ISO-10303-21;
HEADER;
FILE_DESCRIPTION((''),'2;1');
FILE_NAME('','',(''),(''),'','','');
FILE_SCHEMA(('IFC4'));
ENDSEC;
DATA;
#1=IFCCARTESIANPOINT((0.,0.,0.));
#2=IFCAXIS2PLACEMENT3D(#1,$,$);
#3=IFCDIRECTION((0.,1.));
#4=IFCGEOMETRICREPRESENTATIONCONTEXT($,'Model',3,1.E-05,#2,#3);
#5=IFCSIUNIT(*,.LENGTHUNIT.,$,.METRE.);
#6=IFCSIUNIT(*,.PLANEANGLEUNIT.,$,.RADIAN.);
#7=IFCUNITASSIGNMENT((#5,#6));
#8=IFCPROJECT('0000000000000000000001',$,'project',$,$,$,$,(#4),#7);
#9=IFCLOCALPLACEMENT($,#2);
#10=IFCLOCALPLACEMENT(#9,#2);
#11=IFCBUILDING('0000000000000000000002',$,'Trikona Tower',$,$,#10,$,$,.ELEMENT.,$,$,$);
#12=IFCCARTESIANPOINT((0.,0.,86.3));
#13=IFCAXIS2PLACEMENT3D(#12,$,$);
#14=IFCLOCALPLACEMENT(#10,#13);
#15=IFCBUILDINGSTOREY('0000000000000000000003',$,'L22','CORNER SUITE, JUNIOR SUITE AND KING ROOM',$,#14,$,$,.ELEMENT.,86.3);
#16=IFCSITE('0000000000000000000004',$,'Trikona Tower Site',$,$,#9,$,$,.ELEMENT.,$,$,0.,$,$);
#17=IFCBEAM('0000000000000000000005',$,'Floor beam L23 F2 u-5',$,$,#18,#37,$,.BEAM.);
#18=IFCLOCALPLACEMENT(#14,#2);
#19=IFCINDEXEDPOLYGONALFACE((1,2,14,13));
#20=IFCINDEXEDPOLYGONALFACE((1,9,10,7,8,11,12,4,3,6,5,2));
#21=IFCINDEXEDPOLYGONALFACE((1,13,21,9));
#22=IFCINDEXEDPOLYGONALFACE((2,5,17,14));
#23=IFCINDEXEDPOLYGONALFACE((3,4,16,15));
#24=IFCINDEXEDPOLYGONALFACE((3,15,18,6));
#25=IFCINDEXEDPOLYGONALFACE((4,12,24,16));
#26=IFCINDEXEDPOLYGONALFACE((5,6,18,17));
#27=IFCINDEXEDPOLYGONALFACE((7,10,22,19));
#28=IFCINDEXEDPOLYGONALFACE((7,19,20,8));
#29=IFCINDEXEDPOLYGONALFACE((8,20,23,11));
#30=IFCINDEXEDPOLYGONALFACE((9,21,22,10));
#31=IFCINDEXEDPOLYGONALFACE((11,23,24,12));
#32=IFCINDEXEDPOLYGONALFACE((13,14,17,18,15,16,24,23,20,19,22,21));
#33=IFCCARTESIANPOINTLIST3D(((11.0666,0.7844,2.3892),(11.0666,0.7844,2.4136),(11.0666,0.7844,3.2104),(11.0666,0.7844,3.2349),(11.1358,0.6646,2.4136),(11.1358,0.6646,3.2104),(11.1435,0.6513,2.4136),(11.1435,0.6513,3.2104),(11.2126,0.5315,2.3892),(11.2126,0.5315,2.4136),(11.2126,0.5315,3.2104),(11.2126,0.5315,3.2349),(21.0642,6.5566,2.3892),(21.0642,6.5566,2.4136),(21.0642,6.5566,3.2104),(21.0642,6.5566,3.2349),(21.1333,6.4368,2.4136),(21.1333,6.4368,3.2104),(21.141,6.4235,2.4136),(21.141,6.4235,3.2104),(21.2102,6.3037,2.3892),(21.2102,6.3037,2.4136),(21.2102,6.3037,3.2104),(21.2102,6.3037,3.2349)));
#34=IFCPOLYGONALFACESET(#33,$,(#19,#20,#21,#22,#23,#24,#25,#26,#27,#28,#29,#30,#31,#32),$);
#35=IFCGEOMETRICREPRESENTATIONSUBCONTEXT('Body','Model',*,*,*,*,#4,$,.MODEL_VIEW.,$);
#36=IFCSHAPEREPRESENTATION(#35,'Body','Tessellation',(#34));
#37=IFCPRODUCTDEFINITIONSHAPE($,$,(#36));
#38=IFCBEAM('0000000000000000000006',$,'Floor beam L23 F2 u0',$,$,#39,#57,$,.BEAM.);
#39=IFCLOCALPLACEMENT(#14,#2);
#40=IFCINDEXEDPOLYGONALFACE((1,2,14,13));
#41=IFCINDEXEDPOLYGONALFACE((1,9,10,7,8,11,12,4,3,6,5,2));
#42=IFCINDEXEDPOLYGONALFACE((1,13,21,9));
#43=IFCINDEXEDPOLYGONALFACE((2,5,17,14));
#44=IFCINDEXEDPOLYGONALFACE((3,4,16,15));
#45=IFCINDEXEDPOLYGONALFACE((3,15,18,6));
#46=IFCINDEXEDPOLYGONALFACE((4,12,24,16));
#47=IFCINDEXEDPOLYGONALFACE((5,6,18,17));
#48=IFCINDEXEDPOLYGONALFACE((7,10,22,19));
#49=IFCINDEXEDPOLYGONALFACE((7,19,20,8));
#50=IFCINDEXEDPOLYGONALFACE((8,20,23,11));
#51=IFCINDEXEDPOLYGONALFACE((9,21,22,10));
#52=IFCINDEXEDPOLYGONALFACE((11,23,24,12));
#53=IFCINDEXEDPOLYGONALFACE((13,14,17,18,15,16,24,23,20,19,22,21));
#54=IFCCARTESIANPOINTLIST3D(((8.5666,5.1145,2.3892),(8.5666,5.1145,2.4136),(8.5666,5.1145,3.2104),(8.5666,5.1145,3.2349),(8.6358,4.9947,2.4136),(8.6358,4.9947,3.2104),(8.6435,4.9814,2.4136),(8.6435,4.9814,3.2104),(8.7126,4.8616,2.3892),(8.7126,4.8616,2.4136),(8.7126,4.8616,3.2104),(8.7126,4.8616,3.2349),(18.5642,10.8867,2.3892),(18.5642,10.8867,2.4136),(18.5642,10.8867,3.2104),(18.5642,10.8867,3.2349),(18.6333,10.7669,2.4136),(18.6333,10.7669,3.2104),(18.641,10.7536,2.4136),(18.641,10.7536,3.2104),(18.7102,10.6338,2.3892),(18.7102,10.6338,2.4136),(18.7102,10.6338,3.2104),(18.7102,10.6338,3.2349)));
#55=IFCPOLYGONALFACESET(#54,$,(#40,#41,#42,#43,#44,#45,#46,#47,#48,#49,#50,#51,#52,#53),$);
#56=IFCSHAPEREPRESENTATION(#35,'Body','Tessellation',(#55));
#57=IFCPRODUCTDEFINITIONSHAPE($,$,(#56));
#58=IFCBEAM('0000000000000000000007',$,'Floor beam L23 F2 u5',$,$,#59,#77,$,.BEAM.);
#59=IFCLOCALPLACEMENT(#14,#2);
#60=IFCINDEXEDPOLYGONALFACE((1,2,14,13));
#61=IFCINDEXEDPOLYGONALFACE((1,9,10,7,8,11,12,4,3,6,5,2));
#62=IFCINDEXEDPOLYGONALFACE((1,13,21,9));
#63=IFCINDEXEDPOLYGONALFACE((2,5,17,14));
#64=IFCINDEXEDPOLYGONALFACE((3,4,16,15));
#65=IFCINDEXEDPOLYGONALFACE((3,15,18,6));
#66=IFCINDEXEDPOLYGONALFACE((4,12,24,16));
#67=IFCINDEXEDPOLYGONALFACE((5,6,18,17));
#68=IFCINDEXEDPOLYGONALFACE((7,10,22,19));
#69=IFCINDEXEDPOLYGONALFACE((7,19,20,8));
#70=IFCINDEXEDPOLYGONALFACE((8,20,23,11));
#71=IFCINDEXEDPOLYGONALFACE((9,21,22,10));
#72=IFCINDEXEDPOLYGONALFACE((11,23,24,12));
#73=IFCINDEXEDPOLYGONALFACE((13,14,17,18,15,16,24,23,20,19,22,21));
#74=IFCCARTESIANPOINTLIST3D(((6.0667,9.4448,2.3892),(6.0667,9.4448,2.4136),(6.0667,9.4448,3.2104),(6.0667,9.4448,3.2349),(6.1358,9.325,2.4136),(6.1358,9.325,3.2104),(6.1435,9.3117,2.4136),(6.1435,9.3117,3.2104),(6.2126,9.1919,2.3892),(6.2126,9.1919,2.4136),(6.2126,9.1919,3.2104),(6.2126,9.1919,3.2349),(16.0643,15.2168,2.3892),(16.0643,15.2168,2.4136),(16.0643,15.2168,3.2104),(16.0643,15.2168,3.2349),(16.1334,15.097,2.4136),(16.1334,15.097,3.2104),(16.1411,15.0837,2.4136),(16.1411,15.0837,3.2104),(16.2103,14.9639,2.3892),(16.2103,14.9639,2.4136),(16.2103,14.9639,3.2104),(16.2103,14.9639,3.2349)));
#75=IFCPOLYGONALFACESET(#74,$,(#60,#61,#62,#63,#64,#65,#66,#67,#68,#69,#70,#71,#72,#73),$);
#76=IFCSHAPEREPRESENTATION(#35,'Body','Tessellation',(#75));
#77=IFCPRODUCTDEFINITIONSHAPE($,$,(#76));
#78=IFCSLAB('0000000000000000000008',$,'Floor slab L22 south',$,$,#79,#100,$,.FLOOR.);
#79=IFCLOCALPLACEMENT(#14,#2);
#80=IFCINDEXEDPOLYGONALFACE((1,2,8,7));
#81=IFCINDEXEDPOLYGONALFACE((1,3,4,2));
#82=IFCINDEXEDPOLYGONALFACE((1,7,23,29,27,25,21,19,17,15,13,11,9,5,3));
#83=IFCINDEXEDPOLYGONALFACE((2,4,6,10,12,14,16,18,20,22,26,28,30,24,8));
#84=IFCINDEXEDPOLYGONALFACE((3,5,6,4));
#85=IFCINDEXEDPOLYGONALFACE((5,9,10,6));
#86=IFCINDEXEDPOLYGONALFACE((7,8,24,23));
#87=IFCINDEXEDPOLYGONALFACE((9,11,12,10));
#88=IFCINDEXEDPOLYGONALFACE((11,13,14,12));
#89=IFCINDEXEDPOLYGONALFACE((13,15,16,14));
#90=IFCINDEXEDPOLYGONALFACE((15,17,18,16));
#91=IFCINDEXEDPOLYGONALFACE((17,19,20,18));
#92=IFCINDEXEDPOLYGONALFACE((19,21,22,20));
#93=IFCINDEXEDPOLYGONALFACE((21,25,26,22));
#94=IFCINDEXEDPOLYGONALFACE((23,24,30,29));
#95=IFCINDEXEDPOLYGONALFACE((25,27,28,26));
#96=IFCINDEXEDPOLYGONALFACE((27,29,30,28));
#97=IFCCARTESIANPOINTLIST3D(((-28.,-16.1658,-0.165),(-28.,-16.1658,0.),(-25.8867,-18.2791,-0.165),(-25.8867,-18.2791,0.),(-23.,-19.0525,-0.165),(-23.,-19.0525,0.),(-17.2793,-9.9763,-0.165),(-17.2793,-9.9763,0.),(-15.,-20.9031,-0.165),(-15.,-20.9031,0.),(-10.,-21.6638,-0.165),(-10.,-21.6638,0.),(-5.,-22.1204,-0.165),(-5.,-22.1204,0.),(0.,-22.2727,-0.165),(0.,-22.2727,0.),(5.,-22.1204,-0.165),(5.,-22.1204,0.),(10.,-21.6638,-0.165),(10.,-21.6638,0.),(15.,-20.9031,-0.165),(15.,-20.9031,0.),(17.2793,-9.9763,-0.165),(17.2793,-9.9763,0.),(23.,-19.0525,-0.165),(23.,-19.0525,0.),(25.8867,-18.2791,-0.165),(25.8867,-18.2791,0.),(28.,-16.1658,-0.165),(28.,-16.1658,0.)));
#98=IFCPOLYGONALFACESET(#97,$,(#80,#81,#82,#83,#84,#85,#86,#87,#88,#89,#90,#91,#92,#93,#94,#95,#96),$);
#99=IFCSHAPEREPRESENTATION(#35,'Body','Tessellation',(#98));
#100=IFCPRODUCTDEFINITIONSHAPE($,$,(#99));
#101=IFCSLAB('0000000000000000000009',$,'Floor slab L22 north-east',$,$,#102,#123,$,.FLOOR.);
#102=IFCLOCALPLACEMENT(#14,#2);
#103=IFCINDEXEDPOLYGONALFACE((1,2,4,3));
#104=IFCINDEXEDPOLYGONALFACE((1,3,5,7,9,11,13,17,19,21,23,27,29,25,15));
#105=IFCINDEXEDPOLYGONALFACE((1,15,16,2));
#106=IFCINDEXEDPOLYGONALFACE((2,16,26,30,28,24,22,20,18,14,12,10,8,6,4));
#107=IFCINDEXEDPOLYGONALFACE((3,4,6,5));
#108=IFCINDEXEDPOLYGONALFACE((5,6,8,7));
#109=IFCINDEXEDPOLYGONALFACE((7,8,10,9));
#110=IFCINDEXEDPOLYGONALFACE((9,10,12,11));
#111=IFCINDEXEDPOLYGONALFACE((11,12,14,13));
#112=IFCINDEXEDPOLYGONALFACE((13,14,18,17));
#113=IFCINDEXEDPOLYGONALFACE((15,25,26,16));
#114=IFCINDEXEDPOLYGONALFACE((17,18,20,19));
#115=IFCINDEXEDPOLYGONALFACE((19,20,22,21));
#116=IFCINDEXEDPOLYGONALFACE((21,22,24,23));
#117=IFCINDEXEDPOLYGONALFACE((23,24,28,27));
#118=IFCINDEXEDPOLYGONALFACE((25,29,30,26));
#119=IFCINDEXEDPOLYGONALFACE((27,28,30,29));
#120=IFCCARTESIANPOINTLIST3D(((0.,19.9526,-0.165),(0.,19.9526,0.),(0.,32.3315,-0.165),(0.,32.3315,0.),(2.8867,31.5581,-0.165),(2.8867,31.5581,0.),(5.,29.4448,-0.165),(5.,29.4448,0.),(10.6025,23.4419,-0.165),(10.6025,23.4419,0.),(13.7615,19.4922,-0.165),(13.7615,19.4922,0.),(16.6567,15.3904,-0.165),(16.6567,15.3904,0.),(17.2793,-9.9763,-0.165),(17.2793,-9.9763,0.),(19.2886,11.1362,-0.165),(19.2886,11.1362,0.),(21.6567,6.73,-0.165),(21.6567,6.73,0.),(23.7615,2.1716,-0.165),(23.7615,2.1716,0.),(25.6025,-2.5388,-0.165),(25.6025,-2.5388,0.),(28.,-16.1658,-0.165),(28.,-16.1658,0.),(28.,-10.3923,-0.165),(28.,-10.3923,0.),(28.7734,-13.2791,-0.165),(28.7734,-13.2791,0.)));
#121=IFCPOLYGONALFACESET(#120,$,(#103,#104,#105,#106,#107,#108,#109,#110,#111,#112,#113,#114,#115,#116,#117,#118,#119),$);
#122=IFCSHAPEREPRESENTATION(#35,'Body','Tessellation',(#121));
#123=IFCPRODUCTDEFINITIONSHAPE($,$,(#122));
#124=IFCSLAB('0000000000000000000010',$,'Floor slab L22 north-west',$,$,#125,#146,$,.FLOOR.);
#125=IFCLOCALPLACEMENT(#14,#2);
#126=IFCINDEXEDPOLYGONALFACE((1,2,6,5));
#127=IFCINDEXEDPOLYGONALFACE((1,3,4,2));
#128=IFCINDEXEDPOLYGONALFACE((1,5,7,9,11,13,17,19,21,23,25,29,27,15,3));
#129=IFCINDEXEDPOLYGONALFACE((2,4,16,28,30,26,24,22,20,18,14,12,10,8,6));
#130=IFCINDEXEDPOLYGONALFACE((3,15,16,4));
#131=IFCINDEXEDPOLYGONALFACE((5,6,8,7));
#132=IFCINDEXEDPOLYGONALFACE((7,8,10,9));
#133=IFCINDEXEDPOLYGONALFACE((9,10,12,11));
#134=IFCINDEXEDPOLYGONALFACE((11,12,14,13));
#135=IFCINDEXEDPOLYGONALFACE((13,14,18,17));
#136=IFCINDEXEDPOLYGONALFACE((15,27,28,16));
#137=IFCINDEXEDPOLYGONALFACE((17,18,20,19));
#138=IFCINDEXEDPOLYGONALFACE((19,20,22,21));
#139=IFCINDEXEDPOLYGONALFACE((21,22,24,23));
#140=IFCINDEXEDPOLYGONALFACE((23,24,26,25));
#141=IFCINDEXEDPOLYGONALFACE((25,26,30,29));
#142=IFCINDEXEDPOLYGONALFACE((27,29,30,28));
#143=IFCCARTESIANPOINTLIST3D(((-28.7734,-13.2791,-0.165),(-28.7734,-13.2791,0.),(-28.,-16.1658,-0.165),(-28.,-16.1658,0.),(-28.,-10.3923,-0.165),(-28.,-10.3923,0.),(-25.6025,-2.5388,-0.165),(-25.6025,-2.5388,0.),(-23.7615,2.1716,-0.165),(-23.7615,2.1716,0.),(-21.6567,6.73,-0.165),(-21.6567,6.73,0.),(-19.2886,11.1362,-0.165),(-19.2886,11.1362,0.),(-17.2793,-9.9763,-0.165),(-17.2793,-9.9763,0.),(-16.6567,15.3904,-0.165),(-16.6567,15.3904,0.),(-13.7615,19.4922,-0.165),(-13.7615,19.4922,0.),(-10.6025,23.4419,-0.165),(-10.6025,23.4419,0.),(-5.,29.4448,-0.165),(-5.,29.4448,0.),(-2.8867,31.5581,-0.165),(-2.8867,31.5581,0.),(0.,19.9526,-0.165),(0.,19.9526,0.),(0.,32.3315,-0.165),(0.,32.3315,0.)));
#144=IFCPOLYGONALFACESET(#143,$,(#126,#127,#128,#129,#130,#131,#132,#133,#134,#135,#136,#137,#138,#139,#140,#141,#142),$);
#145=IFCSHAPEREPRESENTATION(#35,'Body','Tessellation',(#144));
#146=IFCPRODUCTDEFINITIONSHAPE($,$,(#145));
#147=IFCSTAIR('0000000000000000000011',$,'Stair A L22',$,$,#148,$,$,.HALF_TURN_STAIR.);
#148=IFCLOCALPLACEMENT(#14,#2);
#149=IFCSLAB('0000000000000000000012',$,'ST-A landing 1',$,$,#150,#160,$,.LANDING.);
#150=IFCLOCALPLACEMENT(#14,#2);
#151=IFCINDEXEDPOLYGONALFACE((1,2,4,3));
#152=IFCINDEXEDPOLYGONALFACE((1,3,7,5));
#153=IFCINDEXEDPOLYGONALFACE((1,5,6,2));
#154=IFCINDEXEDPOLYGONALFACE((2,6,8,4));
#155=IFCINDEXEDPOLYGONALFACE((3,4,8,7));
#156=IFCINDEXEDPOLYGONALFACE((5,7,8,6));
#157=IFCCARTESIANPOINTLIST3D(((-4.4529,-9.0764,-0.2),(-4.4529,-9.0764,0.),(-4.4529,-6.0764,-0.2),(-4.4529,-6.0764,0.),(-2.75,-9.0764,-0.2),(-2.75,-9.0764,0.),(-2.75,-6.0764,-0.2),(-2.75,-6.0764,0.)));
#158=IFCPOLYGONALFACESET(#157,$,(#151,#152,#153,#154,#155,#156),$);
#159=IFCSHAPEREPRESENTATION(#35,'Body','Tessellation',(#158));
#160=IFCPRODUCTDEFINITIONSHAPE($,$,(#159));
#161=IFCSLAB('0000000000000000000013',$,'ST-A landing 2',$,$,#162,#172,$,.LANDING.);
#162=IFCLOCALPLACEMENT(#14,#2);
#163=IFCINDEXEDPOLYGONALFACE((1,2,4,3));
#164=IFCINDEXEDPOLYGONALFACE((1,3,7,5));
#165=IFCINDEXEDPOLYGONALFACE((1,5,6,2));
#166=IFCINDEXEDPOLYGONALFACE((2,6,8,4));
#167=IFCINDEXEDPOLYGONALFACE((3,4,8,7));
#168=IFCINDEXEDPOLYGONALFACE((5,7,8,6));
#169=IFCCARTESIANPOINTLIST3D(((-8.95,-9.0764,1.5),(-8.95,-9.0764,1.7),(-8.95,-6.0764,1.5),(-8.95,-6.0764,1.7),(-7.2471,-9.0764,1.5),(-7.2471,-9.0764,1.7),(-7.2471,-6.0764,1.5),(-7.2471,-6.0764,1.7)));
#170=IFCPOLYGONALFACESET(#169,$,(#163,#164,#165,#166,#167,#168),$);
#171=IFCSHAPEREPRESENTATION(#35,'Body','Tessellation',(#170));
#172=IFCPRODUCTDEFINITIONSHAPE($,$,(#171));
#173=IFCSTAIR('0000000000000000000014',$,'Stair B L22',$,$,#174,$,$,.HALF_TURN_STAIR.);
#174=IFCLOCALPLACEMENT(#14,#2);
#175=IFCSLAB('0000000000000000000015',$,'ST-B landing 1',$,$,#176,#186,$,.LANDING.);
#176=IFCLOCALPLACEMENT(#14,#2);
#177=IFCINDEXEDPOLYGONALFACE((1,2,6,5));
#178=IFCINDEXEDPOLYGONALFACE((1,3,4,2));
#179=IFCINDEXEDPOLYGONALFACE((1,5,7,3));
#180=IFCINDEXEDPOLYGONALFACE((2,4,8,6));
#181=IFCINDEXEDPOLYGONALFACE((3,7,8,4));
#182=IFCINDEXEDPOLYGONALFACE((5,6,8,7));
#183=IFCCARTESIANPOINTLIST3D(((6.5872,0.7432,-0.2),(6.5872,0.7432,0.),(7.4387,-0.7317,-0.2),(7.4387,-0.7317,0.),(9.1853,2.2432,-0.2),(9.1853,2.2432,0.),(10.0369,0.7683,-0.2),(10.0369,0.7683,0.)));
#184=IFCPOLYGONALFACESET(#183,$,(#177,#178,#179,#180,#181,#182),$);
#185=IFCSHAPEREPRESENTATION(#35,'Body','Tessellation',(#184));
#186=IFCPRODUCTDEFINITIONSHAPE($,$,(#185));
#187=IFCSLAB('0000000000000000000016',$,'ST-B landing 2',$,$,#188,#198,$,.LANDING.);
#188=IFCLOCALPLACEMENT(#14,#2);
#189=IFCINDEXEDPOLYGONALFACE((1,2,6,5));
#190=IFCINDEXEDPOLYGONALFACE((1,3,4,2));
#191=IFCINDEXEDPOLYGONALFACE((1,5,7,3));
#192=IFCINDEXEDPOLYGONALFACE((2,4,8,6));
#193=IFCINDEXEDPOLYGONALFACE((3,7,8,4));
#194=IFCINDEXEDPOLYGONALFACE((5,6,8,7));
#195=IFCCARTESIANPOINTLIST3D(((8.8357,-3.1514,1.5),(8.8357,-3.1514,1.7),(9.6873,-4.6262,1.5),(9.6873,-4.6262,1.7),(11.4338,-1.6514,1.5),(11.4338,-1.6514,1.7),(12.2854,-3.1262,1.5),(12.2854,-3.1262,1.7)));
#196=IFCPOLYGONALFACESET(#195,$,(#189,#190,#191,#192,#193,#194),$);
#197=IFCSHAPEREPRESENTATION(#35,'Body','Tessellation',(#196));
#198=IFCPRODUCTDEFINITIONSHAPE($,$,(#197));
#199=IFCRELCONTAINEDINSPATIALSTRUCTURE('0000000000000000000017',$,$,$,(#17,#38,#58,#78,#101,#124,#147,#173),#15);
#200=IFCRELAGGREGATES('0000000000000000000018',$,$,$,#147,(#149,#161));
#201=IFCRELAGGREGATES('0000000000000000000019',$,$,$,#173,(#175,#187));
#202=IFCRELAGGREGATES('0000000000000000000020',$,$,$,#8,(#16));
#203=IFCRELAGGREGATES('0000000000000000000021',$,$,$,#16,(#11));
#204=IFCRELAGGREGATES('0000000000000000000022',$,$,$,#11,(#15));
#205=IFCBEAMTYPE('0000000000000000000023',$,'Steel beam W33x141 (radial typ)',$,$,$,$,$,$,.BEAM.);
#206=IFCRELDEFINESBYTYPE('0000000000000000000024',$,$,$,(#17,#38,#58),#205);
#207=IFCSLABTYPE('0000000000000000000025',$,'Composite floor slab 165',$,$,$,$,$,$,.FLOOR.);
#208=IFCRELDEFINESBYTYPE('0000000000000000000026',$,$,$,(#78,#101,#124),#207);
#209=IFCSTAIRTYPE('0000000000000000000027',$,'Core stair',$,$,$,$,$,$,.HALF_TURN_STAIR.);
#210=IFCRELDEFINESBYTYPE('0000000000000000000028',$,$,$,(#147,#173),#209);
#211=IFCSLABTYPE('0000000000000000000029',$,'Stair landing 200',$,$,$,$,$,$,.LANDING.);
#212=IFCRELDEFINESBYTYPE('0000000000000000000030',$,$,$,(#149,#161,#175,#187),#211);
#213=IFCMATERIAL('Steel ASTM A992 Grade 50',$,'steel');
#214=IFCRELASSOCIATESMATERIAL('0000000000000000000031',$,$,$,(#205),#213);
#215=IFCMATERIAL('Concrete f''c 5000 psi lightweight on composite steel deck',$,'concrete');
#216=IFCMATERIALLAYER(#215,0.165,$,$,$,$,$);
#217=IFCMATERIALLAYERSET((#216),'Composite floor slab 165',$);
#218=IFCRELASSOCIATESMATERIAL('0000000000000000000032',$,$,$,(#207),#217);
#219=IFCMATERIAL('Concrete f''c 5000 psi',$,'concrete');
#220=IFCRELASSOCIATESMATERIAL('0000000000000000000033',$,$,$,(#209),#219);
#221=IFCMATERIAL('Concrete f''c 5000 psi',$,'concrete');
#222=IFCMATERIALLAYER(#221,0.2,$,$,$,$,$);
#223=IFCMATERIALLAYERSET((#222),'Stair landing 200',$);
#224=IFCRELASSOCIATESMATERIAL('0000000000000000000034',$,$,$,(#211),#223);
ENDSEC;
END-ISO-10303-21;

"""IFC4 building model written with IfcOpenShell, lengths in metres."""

from ifc_helpers import new_model, si_unit, direction, frame, origin, origin_2d, place, context, subcontext, project, spatial, polyline, i_section, outline, extrude, material, layer, layer_set, material_profile, profile_set, type_object, element, aggregate, save


model = new_model("IFC4")

# Units and contexts
model_context = context("Model", 3, precision=1e-05, world=origin(), true_north=direction((0.0, 1.0)))
body_context = subcontext(model_context, "Body", "Model", "MODEL_VIEW")
ifc_project = project(units=[si_unit("LENGTHUNIT", "METRE"), si_unit("PLANEANGLEUNIT", "RADIAN")], contexts=[model_context])

# Site, building, storey
site_placement = place(None, origin())
site = spatial("IfcSite", under=ifc_project, at=site_placement, Name="Trikona Tower Site", CompositionType="ELEMENT", RefElevation=0.0)
building_placement = place(site_placement, origin())
building = spatial("IfcBuilding", under=site, at=building_placement, Name="Trikona Tower", CompositionType="ELEMENT")
storey_placement = place(building_placement, frame((0.0, 0.0, 86.3)))
storey = spatial("IfcBuildingStorey", under=building, at=storey_placement, Name="L22", Description="CORNER SUITE, JUNIOR SUITE AND KING ROOM", CompositionType="ELEMENT", Elevation=86.3)

# Beams
ifc_material_1 = material(Name="Steel ASTM A992 Grade 50", Category="steel")
ifc_material_profile = material_profile(ifc_material_1, i_section(OverallWidth=0.292, OverallDepth=0.8457, WebThickness=0.0154, FlangeThickness=0.0244, at=origin_2d()), Name="W33X141")
ifc_profile_set = profile_set([ifc_material_profile], Name="Steel ASTM A992 Grade 50")
beam_type = type_object("IfcBeamType", Name="Steel beam W33x141 (radial typ)", PredefinedType="BEAM", material=ifc_profile_set)
for number, where, z_axis, x_axis, name in (
    (1, (11.1396, 0.658, 2.812), (0.866021, 0.500008, 0.0), (-0.500008, 0.866021, 0.0), "Floor beam L23 F2 u-5"),
    (2, (8.6396, 4.988, 2.812), (0.866021, 0.500008, 0.0), (-0.500008, 0.866021, 0.0), "Floor beam L23 F2 u0"),
    (3, (6.1396, 9.3184, 2.812), (0.86603, 0.499992, 0.0), (-0.499992, 0.86603, 0.0), "Floor beam L23 F2 u5"),
):
    element("IfcBeam", number, at=place(storey_placement, frame(where, z_axis=z_axis, x_axis=x_axis)), inside=storey, type_object=beam_type, Name=name, PredefinedType="BEAM", context=body_context, shape_type="SweptSolid", body=[
        extrude(i_section(OverallWidth=0.292, OverallDepth=0.8457, WebThickness=0.0154, FlangeThickness=0.0244, at=origin_2d()), origin(), (0.0, 0.0, 1.0), 11.5442),
    ])

# Slabs
ifc_material_2 = material(Name="Concrete f'c 5000 psi lightweight on composite steel deck", Category="concrete")
ifc_layer_1 = layer(ifc_material_2, 0.165)
ifc_layer_set_1 = layer_set([ifc_layer_1], Name="Composite floor slab 165")
slab_type_1 = type_object("IfcSlabType", Name="Composite floor slab 165", PredefinedType="FLOOR", material=ifc_layer_set_1)
slab_1_placement = place(storey_placement, frame((0.0, 0.0, -0.165)))
element("IfcSlab", 4, at=slab_1_placement, inside=storey, type_object=slab_type_1, Name="Floor slab L22 south", PredefinedType="FLOOR", context=body_context, shape_type="SweptSolid", body=[
    extrude(outline(polyline([(25.8867, -18.2791), (28.0, -16.1658), (17.2793, -9.9763), (-17.2793, -9.9763), (-28.0, -16.1658), (-25.8867, -18.2791), (-23.0, -19.0525), (-15.0, -20.9031), (-10.0, -21.6638), (-5.0, -22.1204), (0.0, -22.2727), (5.0, -22.1204), (10.0, -21.6638), (15.0, -20.9031), (23.0, -19.0525), (25.8867, -18.2791)])), origin(), (0.0, 0.0, 1.0), 0.165),
])
slab_2_placement = place(storey_placement, frame((0.0, 0.0, -0.165)))
element("IfcSlab", 5, at=slab_2_placement, inside=storey, type_object=slab_type_1, Name="Floor slab L22 north-east", PredefinedType="FLOOR", context=body_context, shape_type="SweptSolid", body=[
    extrude(outline(polyline([(2.8867, 31.5581), (0.0, 32.3315), (0.0, 19.9526), (17.2793, -9.9763), (28.0, -16.1658), (28.7734, -13.2791), (28.0, -10.3923), (25.6025, -2.5388), (23.7615, 2.1716), (21.6567, 6.73), (19.2886, 11.1362), (16.6567, 15.3904), (13.7615, 19.4922), (10.6025, 23.4419), (5.0, 29.4448), (2.8867, 31.5581)])), origin(), (0.0, 0.0, 1.0), 0.165),
])
slab_3_placement = place(storey_placement, frame((0.0, 0.0, -0.165)))
element("IfcSlab", 6, at=slab_3_placement, inside=storey, type_object=slab_type_1, Name="Floor slab L22 north-west", PredefinedType="FLOOR", context=body_context, shape_type="SweptSolid", body=[
    extrude(outline(polyline([(0.0, 19.9526), (0.0, 32.3315), (-2.8867, 31.5581), (-5.0, 29.4448), (-10.6025, 23.4419), (-13.7615, 19.4922), (-16.6567, 15.3904), (-19.2886, 11.1362), (-21.6567, 6.73), (-23.7615, 2.1716), (-25.6025, -2.5388), (-28.0, -10.3923), (-28.7734, -13.2791), (-28.0, -16.1658), (-17.2793, -9.9763), (0.0, 19.9526)])), origin(), (0.0, 0.0, 1.0), 0.165),
])

# Stairs, slabs
ifc_material_3 = material(Name="Concrete f'c 5000 psi", Category="concrete")
stair_type = type_object("IfcStairType", Name="Core stair", PredefinedType="HALF_TURN_STAIR", material=ifc_material_3)
stair_1_placement = place(storey_placement, origin())
stair_1 = element("IfcStair", 7, at=stair_1_placement, inside=storey, type_object=stair_type, Name="Stair A L22", PredefinedType="HALF_TURN_STAIR")
ifc_material_4 = material(Name="Concrete f'c 5000 psi", Category="concrete")
ifc_layer_2 = layer(ifc_material_4, 0.2)
ifc_layer_set_2 = layer_set([ifc_layer_2], Name="Stair landing 200")
slab_type_2 = type_object("IfcSlabType", Name="Stair landing 200", PredefinedType="LANDING", material=ifc_layer_set_2)
slab_4_placement = place(storey_placement, frame((0.0, 0.0, -0.2)))
slab_4 = element("IfcSlab", 8, at=slab_4_placement, type_object=slab_type_2, Name="ST-A landing 1", PredefinedType="LANDING", context=body_context, shape_type="SweptSolid", body=[
    extrude(outline(polyline([(-4.4529, -6.0764), (-2.75, -6.0764), (-2.75, -9.0764), (-4.4529, -9.0764), (-4.4529, -6.0764)])), origin(), (0.0, 0.0, 1.0), 0.2),
])
slab_5_placement = place(storey_placement, frame((0.0, 0.0, 1.5)))
slab_5 = element("IfcSlab", 9, at=slab_5_placement, type_object=slab_type_2, Name="ST-A landing 2", PredefinedType="LANDING", context=body_context, shape_type="SweptSolid", body=[
    extrude(outline(polyline([(-8.95, -6.0764), (-7.2471, -6.0764), (-7.2471, -9.0764), (-8.95, -9.0764), (-8.95, -6.0764)])), origin(), (0.0, 0.0, 1.0), 0.2),
])
aggregate(stair_1, [slab_4, slab_5])
stair_2_placement = place(storey_placement, origin())
stair_2 = element("IfcStair", 10, at=stair_2_placement, inside=storey, type_object=stair_type, Name="Stair B L22", PredefinedType="HALF_TURN_STAIR")
slab_6_placement = place(storey_placement, frame((0.0, 0.0, -0.2)))
slab_6 = element("IfcSlab", 11, at=slab_6_placement, type_object=slab_type_2, Name="ST-B landing 1", PredefinedType="LANDING", context=body_context, shape_type="SweptSolid", body=[
    extrude(outline(polyline([(7.4387, -0.7317), (6.5872, 0.7432), (9.1853, 2.2432), (10.0369, 0.7683), (7.4387, -0.7317)])), origin(), (0.0, 0.0, 1.0), 0.2),
])
slab_7_placement = place(storey_placement, frame((0.0, 0.0, 1.5)))
slab_7 = element("IfcSlab", 12, at=slab_7_placement, type_object=slab_type_2, Name="ST-B landing 2", PredefinedType="LANDING", context=body_context, shape_type="SweptSolid", body=[
    extrude(outline(polyline([(9.6873, -4.6262), (8.8357, -3.1514), (11.4338, -1.6514), (12.2854, -3.1262), (9.6873, -4.6262)])), origin(), (0.0, 0.0, 1.0), 0.2),
])

aggregate(stair_2, [slab_6, slab_7])

save(model, "model.ifc")
